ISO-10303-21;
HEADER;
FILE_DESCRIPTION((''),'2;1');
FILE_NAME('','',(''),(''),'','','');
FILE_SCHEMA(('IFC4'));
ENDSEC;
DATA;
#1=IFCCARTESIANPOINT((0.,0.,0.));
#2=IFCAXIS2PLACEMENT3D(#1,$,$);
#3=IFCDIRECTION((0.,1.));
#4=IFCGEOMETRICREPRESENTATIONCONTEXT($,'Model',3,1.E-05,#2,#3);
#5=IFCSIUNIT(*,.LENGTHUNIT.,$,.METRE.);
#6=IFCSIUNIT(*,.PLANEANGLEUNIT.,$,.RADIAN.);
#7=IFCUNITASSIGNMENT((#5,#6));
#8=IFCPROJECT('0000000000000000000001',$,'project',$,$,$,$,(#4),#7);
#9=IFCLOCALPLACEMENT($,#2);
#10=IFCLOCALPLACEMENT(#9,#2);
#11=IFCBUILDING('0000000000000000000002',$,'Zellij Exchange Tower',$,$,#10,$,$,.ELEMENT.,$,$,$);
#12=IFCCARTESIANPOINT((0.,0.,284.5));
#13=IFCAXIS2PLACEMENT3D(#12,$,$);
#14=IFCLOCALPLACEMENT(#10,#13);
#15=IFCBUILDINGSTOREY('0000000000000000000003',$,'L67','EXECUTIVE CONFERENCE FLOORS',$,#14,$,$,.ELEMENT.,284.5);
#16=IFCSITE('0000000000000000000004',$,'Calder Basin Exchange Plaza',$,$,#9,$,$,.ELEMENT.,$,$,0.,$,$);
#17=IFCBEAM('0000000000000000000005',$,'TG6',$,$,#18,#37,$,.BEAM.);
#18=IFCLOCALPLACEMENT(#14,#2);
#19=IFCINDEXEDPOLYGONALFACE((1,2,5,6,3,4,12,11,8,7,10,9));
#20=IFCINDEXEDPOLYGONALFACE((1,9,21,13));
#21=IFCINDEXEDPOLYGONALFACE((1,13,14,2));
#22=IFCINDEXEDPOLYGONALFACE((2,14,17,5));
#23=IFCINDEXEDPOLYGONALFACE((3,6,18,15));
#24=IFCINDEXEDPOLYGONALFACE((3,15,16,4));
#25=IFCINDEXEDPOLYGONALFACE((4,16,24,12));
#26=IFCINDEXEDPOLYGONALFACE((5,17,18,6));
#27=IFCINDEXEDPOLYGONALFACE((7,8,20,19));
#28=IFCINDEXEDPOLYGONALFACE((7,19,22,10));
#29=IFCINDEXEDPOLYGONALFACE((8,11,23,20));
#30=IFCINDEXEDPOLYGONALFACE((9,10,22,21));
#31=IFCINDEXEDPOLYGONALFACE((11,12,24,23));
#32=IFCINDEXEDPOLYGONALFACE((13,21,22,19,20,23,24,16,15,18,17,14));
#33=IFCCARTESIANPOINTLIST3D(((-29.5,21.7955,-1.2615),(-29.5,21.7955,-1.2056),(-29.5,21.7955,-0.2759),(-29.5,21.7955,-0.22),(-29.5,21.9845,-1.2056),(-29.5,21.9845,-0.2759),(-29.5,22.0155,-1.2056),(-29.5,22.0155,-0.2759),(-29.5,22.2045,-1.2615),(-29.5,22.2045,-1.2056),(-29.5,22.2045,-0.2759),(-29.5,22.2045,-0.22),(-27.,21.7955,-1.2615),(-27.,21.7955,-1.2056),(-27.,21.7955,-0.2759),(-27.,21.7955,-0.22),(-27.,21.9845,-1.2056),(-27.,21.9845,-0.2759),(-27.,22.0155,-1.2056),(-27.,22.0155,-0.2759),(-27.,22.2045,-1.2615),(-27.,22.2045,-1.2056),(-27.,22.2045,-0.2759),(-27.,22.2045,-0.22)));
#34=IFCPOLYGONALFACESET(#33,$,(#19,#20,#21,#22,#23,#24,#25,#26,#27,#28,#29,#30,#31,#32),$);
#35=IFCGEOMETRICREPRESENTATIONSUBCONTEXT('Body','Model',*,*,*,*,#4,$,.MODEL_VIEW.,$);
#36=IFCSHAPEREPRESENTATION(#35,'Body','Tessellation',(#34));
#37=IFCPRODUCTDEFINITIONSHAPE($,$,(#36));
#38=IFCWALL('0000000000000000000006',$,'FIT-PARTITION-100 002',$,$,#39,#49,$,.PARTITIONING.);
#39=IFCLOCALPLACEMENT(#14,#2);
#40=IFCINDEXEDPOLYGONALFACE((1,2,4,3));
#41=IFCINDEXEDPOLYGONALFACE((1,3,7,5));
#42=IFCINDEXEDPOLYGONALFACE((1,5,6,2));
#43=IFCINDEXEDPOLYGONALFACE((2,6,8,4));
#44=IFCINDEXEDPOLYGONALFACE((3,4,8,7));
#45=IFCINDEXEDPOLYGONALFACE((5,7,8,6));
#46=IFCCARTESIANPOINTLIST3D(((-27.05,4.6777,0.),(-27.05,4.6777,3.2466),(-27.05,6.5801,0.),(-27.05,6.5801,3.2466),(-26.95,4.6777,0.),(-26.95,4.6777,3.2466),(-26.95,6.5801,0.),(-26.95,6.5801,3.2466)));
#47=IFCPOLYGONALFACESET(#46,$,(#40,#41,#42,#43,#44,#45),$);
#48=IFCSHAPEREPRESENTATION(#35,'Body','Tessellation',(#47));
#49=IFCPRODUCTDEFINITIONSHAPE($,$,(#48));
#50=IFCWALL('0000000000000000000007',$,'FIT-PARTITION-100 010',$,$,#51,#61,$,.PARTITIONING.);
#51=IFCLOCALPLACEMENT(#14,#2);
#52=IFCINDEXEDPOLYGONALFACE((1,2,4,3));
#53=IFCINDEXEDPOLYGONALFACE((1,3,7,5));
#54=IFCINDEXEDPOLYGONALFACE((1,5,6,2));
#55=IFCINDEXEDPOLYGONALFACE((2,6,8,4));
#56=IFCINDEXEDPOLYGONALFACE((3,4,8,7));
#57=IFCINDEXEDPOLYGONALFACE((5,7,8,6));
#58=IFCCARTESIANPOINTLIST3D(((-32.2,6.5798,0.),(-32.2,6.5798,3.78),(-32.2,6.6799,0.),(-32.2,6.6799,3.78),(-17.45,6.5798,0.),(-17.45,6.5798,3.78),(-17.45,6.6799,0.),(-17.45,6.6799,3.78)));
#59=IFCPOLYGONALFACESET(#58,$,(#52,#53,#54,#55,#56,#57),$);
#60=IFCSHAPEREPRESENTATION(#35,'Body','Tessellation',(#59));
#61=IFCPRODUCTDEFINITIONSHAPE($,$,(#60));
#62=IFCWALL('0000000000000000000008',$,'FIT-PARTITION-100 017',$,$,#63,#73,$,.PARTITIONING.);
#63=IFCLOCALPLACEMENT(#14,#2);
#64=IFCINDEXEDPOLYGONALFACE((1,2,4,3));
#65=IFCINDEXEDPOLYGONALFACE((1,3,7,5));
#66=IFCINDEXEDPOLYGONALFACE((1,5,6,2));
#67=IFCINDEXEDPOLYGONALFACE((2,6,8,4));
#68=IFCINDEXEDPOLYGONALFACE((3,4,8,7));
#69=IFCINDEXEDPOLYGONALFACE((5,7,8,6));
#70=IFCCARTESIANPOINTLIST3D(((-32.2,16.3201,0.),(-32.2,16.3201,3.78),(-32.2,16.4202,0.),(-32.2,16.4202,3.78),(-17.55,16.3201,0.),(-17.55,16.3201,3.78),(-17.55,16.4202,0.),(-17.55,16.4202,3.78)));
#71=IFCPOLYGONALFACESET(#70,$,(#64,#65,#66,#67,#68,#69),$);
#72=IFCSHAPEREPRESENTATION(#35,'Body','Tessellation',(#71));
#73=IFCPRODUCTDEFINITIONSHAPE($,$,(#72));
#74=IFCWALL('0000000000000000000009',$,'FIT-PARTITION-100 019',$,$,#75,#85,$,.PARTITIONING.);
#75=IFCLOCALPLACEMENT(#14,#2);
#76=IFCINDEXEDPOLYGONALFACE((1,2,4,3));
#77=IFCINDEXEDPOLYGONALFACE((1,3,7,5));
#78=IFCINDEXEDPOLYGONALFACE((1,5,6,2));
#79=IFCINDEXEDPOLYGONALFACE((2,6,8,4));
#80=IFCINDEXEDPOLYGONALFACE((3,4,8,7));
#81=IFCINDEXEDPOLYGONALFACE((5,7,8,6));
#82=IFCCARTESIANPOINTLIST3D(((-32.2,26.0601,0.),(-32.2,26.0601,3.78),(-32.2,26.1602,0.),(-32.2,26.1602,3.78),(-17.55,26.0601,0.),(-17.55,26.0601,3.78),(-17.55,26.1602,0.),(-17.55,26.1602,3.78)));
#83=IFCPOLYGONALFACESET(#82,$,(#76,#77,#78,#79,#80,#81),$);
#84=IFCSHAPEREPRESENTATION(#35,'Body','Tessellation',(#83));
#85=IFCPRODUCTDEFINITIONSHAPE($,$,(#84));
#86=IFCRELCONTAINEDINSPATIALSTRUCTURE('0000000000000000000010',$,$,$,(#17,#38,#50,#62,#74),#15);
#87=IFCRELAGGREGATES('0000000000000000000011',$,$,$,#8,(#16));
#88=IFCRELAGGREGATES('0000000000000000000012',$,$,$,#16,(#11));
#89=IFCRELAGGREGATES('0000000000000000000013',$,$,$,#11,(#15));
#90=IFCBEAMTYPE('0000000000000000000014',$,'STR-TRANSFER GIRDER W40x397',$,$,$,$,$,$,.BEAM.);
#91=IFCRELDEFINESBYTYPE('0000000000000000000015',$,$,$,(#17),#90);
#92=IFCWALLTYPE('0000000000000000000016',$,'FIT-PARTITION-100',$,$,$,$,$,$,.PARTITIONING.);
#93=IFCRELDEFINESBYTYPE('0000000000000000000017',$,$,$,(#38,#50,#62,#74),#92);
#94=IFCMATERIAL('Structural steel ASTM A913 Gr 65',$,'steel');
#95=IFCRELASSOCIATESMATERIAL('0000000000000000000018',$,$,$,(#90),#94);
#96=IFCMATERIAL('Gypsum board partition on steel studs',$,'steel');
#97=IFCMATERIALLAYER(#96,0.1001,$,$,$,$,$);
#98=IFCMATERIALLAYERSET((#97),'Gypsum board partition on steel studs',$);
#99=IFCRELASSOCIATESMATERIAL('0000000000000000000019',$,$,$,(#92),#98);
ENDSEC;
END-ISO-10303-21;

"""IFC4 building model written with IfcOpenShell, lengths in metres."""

from ifc_helpers import new_model, si_unit, direction, frame, frame_2d, origin, origin_2d, place, context, subcontext, project, spatial, rectangle, i_section, extrude, material, layer, layer_set, material_profile, profile_set, type_object, element, save


model = new_model("IFC4")

# Units and contexts
model_context = context("Model", 3, precision=1e-05, world=origin(), true_north=direction((0.0, 1.0)))
body_context = subcontext(model_context, "Body", "Model", "MODEL_VIEW")
ifc_project = project(units=[si_unit("LENGTHUNIT", "METRE"), si_unit("PLANEANGLEUNIT", "RADIAN")], contexts=[model_context])

# Site, building, storey
site_placement = place(None, origin())
site = spatial("IfcSite", under=ifc_project, at=site_placement, Name="Calder Basin Exchange Plaza", CompositionType="ELEMENT", RefElevation=0.0)
building_placement = place(site_placement, origin())
building = spatial("IfcBuilding", under=site, at=building_placement, Name="Zellij Exchange Tower", CompositionType="ELEMENT")
storey_placement = place(building_placement, frame((0.0, 0.0, 284.5)))
storey = spatial("IfcBuildingStorey", under=building, at=storey_placement, Name="L67", Description="EXECUTIVE CONFERENCE FLOORS", CompositionType="ELEMENT", Elevation=284.5)

# Beam
ifc_material_1 = material(Name="Structural steel ASTM A913 Gr 65", Category="steel")
ifc_material_profile_1 = material_profile(ifc_material_1, i_section(OverallWidth=0.4089, OverallDepth=1.0415, WebThickness=0.031, FlangeThickness=0.0559, at=origin_2d()), Name="W40x397")
ifc_profile_set_1 = profile_set([ifc_material_profile_1], Name="Structural steel ASTM A913 Gr 65")
beam_type_1 = type_object("IfcBeamType", Name="STR-TRANSFER GIRDER W40x397", PredefinedType="BEAM", material=ifc_profile_set_1)
beam_1_placement = place(storey_placement, frame((-29.5, 22.0, -0.7407), z_axis=(1.0, 0.0, 0.0), x_axis=(0.0, 1.0, 0.0)))
element("IfcBeam", 1, at=beam_1_placement, inside=storey, type_object=beam_type_1, Name="TG6", PredefinedType="BEAM", context=body_context, shape_type="SweptSolid", body=[
    extrude(i_section(OverallWidth=0.4089, OverallDepth=1.0415, WebThickness=0.031, FlangeThickness=0.0559, at=origin_2d()), origin(), (0.0, 0.0, 1.0), 2.5),
])

# Walls
ifc_material_2 = material(Name="Gypsum board partition on steel studs", Category="steel")
ifc_layer = layer(ifc_material_2, 0.1001)
ifc_layer_set = layer_set([ifc_layer], Name="Gypsum board partition on steel studs")
wall_type = type_object("IfcWallType", Name="FIT-PARTITION-100", PredefinedType="PARTITIONING", material=ifc_layer_set)
wall_1_placement = place(storey_placement, frame((-27.0, 4.6777, 0.0), z_axis=(0.0, 0.0, 1.0), x_axis=(0.0, 1.0, 0.0)))
element("IfcWall", 2, at=wall_1_placement, inside=storey, type_object=wall_type, Name="FIT-PARTITION-100 002", PredefinedType="PARTITIONING", context=body_context, shape_type="SweptSolid", body=[
    extrude(rectangle(XDim=1.9023, YDim=0.1001, at=frame_2d((0.9512, 0.0))), origin(), (0.0, 0.0, 1.0), 3.2466),
])
wall_2_placement = place(storey_placement, frame((-32.2, 6.6299, 0.0), z_axis=(0.0, 0.0, 1.0), x_axis=(1.0, 0.0, 0.0)))
element("IfcWall", 3, at=wall_2_placement, inside=storey, type_object=wall_type, Name="FIT-PARTITION-100 010", PredefinedType="PARTITIONING", context=body_context, shape_type="SweptSolid", body=[
    extrude(rectangle(XDim=14.75, YDim=0.1001, at=frame_2d((7.375, 0.0))), origin(), (0.0, 0.0, 1.0), 3.78),
])
for number, where, z_axis, x_axis, name in (
    (4, (-32.2, 16.3701, 0.0), (0.0, 0.0, 1.0), (1.0, 0.0, 0.0), "FIT-PARTITION-100 017"),
    (5, (-32.2, 26.1101, 0.0), (0.0, 0.0, 1.0), (1.0, 0.0, 0.0), "FIT-PARTITION-100 019"),
):
    element("IfcWall", number, at=place(storey_placement, frame(where, z_axis=z_axis, x_axis=x_axis)), inside=storey, type_object=wall_type, Name=name, PredefinedType="PARTITIONING", context=body_context, shape_type="SweptSolid", body=[
        extrude(rectangle(XDim=14.6499, YDim=0.1001, at=frame_2d((7.325, 0.0))), origin(), (0.0, 0.0, 1.0), 3.78),
    ])

save(model, "model.ifc")
